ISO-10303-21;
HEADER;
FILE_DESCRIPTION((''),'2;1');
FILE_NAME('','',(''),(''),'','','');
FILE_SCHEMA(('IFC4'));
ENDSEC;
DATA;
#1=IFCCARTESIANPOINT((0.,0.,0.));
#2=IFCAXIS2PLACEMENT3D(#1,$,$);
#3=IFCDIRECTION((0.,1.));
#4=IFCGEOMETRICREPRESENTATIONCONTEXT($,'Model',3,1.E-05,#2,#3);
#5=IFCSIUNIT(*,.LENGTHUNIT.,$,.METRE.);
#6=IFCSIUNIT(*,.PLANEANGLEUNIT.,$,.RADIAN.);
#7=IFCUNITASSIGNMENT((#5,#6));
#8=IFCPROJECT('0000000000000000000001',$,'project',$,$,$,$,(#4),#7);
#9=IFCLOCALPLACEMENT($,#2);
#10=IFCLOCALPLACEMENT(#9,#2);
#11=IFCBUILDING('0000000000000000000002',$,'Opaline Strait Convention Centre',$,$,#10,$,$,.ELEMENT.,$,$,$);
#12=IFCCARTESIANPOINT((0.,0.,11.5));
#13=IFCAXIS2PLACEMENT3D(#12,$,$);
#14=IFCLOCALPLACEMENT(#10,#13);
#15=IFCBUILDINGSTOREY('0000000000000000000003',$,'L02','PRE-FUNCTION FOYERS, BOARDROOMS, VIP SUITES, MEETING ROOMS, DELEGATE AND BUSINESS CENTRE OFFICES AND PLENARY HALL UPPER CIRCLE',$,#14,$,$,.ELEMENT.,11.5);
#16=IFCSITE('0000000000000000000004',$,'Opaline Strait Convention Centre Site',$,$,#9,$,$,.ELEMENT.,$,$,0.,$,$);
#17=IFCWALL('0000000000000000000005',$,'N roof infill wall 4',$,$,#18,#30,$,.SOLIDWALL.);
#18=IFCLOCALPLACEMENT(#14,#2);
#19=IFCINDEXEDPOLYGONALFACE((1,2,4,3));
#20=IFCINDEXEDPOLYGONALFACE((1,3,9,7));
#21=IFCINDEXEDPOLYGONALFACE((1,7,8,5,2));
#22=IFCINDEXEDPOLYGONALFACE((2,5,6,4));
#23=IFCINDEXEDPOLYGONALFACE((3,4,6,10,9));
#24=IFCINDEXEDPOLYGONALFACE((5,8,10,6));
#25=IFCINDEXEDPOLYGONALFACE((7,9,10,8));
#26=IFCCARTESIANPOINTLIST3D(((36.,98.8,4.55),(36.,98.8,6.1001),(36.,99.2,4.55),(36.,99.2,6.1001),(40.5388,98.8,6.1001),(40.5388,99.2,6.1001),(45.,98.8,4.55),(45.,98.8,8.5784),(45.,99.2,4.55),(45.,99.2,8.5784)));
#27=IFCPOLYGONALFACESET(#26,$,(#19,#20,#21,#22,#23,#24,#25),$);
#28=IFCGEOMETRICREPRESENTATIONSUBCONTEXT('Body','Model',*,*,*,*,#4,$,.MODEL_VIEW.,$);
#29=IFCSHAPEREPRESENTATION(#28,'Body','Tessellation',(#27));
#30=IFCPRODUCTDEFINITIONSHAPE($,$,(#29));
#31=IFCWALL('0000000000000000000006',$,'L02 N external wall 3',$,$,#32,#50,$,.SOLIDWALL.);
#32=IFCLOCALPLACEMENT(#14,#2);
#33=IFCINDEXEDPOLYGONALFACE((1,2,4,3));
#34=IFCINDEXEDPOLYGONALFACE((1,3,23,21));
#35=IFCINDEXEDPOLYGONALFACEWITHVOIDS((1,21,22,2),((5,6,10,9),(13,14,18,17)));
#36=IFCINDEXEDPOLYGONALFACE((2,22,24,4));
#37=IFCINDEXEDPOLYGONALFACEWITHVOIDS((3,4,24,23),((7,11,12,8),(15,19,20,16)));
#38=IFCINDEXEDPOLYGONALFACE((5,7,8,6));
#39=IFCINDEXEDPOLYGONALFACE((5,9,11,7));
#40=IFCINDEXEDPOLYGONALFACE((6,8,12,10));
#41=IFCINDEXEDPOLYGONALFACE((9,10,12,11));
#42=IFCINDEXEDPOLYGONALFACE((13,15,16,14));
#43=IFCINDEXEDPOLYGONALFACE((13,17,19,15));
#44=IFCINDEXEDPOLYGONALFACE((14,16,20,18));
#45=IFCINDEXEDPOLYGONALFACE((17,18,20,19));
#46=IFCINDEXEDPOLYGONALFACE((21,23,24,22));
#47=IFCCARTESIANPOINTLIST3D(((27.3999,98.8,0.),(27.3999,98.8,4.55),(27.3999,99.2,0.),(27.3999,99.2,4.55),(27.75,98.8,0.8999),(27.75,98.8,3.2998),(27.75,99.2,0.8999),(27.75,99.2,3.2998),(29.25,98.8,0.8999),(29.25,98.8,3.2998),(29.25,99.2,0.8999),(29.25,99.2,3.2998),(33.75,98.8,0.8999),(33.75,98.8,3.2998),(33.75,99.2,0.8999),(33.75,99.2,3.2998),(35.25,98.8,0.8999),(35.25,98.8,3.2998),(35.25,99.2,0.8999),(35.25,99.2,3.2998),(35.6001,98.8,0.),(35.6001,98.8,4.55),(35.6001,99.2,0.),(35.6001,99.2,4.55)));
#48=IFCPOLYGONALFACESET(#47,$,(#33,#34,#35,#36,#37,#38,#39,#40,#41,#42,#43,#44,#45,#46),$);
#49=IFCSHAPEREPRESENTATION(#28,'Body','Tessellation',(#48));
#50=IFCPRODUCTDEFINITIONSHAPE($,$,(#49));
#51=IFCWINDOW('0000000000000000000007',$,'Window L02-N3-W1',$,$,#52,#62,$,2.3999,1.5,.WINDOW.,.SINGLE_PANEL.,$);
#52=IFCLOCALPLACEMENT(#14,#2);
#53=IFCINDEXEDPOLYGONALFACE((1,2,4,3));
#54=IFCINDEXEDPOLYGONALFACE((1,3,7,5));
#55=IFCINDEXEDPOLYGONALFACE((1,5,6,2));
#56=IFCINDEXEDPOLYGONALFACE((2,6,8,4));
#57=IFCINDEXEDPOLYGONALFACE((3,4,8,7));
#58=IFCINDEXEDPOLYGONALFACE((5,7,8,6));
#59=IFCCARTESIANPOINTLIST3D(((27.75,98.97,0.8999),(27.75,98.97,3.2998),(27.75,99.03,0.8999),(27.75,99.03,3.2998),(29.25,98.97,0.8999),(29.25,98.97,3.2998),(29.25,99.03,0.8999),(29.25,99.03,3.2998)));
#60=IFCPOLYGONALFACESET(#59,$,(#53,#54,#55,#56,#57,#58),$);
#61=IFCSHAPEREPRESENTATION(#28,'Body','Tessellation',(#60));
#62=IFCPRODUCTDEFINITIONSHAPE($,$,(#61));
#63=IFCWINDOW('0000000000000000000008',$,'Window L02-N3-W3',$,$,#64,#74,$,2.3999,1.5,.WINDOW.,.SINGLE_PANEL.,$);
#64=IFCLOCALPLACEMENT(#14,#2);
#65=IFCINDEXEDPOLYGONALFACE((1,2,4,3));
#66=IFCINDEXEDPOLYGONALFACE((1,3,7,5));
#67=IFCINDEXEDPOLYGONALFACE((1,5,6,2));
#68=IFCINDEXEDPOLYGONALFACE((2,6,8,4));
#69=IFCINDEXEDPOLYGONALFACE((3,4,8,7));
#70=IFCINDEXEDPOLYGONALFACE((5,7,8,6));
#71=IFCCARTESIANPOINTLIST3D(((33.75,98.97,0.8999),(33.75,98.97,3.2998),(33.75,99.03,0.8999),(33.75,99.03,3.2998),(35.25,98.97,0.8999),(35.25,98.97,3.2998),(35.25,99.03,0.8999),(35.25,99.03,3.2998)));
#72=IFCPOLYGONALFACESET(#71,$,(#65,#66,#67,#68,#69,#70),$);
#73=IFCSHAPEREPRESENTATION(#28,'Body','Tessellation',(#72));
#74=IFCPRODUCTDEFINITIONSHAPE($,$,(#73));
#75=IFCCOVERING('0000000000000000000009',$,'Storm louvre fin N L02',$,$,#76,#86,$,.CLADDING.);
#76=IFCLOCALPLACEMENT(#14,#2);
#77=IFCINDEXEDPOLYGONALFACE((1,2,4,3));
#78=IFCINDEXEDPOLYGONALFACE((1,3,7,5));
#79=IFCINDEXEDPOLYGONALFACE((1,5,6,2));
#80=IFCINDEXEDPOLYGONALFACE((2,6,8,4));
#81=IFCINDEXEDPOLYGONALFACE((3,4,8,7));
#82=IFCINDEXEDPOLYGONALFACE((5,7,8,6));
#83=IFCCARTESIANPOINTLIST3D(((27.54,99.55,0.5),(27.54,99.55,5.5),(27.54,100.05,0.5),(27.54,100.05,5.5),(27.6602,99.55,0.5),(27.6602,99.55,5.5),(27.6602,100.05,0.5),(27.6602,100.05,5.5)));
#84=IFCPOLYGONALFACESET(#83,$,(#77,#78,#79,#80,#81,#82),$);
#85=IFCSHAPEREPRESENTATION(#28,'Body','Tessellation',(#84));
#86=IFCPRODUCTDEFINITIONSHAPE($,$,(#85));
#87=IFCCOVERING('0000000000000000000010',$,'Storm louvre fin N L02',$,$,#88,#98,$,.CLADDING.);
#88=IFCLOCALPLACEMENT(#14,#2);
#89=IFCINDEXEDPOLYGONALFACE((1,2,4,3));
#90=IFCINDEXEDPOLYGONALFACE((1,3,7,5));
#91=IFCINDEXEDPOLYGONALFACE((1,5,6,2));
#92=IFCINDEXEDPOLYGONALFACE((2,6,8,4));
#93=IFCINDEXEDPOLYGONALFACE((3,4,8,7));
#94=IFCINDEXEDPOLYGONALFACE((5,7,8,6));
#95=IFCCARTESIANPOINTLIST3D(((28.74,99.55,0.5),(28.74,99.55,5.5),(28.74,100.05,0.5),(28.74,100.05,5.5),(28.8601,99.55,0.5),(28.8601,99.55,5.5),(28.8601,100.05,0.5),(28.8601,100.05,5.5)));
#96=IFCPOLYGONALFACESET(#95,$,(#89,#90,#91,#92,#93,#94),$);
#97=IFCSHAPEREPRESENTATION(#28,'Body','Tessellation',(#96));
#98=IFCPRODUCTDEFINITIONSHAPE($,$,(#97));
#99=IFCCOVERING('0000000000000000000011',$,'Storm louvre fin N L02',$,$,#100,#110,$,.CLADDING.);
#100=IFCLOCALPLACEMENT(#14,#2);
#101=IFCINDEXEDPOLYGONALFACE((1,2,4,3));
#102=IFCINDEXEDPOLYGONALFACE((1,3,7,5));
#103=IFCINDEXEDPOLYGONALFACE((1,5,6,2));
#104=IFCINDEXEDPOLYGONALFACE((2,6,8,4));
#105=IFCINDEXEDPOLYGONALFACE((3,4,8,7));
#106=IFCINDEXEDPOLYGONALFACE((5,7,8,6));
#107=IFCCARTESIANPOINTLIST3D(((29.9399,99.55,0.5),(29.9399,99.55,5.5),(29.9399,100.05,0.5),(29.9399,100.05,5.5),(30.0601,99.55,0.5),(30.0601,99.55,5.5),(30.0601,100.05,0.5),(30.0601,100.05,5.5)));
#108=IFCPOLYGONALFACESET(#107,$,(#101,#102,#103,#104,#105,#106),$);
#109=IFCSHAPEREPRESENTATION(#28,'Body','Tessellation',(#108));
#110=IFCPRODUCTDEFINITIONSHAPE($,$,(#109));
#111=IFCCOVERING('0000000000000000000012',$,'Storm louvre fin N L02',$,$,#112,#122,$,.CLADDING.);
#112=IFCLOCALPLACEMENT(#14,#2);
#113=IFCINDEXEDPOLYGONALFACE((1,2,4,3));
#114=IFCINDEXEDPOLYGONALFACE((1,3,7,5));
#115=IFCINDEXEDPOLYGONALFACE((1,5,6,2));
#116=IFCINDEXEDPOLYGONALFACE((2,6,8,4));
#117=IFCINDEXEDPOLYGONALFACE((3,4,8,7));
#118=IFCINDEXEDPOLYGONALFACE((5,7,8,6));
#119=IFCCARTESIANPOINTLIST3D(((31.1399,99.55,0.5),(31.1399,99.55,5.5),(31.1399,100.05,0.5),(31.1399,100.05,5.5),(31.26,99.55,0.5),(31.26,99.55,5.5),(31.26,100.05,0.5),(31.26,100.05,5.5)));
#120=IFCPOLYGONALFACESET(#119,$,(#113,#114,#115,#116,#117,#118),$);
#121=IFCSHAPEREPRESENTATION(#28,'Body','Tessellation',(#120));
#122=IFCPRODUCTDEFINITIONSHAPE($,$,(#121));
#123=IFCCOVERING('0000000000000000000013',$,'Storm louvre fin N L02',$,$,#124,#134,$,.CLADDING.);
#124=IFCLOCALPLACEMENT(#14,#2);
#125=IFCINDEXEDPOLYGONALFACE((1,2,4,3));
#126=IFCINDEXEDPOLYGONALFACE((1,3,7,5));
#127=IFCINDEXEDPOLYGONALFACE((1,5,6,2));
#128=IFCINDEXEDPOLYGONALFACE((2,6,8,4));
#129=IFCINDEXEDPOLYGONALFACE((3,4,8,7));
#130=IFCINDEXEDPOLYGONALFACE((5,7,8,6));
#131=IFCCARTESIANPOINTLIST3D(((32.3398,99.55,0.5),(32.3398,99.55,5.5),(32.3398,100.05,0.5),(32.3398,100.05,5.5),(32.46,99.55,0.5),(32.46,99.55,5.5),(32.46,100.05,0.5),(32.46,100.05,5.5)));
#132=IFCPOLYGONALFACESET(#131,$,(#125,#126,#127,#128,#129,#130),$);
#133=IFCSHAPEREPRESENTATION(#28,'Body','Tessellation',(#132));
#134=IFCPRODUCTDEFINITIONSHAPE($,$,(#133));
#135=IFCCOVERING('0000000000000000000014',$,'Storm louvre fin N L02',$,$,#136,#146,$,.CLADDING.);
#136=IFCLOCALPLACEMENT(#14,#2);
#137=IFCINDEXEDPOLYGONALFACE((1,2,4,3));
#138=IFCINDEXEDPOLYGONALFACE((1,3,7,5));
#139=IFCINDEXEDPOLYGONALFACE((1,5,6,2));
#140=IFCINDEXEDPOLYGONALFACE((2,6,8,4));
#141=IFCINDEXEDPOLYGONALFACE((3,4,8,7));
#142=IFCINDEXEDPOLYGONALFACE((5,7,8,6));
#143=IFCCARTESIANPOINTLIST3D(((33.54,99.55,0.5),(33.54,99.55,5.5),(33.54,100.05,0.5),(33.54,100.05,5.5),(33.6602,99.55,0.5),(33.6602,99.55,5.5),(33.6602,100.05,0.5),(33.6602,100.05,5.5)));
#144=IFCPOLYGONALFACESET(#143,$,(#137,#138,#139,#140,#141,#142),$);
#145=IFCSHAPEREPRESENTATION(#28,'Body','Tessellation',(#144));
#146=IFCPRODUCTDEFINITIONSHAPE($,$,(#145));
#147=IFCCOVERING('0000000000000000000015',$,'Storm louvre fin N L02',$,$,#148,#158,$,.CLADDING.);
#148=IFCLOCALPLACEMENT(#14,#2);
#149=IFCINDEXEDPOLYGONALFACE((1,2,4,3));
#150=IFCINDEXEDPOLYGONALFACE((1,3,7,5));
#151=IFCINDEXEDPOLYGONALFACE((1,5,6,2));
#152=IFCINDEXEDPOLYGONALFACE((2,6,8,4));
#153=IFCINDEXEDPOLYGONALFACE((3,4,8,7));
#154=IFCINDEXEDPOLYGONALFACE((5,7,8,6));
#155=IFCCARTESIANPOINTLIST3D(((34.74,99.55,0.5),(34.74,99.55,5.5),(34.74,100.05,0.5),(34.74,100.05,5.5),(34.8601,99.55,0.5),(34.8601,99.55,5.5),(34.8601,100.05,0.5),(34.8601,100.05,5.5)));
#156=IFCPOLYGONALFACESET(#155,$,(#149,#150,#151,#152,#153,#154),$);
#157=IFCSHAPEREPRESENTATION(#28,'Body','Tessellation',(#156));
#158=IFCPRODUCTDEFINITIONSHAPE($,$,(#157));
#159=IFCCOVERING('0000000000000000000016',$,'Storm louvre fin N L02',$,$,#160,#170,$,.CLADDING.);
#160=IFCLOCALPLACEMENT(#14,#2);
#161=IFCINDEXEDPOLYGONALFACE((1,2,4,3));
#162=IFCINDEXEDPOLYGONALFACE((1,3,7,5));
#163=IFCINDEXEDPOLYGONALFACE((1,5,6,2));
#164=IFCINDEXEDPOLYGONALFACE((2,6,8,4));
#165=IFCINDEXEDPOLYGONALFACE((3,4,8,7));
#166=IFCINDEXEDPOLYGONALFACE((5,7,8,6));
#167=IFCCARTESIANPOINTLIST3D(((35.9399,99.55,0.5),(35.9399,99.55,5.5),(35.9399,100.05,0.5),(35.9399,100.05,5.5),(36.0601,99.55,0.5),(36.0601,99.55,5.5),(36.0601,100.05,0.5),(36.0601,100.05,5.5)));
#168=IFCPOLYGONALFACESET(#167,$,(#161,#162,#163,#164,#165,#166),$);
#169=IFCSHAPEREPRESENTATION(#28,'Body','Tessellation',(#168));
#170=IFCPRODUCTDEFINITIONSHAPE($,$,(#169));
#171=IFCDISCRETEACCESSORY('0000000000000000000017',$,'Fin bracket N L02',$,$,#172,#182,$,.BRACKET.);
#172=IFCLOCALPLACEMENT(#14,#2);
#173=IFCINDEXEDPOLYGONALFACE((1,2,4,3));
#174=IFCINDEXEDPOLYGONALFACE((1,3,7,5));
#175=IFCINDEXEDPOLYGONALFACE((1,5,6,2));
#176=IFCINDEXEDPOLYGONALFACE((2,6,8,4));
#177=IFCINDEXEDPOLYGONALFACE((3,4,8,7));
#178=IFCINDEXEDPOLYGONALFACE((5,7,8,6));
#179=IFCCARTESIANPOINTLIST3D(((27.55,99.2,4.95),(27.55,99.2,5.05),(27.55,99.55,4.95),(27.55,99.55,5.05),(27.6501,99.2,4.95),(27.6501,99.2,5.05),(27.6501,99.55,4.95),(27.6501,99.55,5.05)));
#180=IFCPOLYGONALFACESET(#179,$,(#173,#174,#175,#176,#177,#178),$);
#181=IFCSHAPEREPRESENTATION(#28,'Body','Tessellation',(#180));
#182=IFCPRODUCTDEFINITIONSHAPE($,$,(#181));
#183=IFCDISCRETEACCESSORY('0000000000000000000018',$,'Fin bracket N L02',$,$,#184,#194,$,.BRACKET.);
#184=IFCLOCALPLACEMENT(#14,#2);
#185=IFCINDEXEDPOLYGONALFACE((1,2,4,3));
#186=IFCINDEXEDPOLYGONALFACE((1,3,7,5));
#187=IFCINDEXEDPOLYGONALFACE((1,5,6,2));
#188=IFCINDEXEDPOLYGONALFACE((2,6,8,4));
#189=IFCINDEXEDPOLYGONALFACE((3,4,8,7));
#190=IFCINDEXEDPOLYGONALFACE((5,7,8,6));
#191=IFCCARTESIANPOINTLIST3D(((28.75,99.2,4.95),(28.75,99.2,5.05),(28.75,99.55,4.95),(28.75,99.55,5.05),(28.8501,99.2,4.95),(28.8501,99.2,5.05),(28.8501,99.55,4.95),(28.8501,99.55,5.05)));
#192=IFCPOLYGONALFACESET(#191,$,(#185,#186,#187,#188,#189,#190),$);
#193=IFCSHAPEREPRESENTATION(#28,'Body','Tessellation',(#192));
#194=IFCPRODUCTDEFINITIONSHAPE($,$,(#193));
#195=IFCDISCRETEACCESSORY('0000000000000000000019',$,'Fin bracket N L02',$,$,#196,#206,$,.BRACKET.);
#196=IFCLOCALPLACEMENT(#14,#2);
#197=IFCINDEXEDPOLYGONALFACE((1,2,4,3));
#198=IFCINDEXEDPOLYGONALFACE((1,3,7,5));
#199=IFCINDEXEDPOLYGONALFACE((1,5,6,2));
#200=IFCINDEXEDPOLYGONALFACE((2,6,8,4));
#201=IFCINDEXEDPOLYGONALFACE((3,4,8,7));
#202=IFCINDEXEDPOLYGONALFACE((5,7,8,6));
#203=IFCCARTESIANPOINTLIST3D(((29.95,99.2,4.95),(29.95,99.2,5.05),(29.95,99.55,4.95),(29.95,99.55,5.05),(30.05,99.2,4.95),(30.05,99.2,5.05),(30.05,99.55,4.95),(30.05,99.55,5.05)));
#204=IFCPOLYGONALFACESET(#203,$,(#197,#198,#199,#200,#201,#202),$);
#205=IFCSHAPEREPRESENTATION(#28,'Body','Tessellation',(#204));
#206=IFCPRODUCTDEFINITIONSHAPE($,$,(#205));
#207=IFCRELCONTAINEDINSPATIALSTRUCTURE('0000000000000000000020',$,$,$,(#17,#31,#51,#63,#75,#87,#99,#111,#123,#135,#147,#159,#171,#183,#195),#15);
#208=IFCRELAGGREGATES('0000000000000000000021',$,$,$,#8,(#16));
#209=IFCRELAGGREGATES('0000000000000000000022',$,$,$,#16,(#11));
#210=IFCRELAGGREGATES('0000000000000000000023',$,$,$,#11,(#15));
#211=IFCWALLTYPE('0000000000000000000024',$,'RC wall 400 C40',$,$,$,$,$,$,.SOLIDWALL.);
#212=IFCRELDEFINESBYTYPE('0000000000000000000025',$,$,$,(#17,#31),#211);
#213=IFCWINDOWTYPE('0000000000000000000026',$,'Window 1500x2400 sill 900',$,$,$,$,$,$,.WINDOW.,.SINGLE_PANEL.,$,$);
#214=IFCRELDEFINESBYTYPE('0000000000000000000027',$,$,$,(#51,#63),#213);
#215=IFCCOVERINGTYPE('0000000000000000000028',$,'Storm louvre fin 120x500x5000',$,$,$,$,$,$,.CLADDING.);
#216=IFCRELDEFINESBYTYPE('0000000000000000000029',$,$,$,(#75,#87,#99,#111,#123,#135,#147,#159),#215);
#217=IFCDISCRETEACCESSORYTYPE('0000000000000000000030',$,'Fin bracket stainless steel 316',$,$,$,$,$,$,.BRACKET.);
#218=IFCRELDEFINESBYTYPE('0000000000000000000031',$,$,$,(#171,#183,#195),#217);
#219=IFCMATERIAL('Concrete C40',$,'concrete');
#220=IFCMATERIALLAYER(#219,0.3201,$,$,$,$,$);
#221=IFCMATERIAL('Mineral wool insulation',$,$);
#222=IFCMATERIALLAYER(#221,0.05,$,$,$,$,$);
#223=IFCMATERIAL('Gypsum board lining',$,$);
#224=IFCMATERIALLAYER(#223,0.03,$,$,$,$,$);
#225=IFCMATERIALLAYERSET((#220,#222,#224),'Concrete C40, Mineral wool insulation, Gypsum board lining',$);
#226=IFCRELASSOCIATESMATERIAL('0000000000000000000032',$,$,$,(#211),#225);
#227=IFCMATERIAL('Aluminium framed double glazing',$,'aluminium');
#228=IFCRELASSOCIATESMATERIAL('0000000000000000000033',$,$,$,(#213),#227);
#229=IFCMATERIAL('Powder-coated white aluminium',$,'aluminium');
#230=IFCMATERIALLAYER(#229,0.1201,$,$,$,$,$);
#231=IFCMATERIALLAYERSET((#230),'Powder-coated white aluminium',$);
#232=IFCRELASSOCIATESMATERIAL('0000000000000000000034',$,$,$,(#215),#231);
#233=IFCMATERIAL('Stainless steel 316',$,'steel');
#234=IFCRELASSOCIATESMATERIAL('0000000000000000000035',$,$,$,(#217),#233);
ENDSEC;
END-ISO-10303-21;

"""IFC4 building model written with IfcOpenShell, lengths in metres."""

from ifc_helpers import new_model, si_unit, direction, frame, frame_2d, origin, origin_2d, place, context, subcontext, project, spatial, polyline, rectangle, outline, extrude, material, layer, layer_set, type_object, element, fill, save


model = new_model("IFC4")

# Units and contexts
model_context = context("Model", 3, precision=1e-05, world=origin(), true_north=direction((0.0, 1.0)))
body_context = subcontext(model_context, "Body", "Model", "MODEL_VIEW")
ifc_project = project(units=[si_unit("LENGTHUNIT", "METRE"), si_unit("PLANEANGLEUNIT", "RADIAN")], contexts=[model_context])

# Site, building, storey
site_placement = place(None, origin())
site = spatial("IfcSite", under=ifc_project, at=site_placement, Name="Opaline Strait Convention Centre Site", CompositionType="ELEMENT", RefElevation=0.0)
building_placement = place(site_placement, origin())
building = spatial("IfcBuilding", under=site, at=building_placement, Name="Opaline Strait Convention Centre", CompositionType="ELEMENT")
storey_placement = place(building_placement, frame((0.0, 0.0, 11.5)))
storey = spatial("IfcBuildingStorey", under=building, at=storey_placement, Name="L02", Description="PRE-FUNCTION FOYERS, BOARDROOMS, VIP SUITES, MEETING ROOMS, DELEGATE AND BUSINESS CENTRE OFFICES AND PLENARY HALL UPPER CIRCLE", CompositionType="ELEMENT", Elevation=11.5)

# Shared definitions
ifc_material_1 = material(Name="Concrete C40", Category="concrete")

# Wall
ifc_material_2 = material(Name="Mineral wool insulation")
ifc_material_3 = material(Name="Gypsum board lining")
ifc_layer_1 = layer(ifc_material_1, 0.3201)
ifc_layer_2 = layer(ifc_material_2, 0.05)
ifc_layer_3 = layer(ifc_material_3, 0.03)
ifc_layer_set_1 = layer_set([ifc_layer_1, ifc_layer_2, ifc_layer_3], Name="Concrete C40, Mineral wool insulation, Gypsum board lining")
wall_type_1 = type_object("IfcWallType", Name="RC wall 400 C40", PredefinedType="SOLIDWALL", material=ifc_layer_set_1)
wall_1_placement = place(storey_placement, frame((36.0, 99.0, 4.55), z_axis=(0.0, 0.0, 1.0), x_axis=(1.0, 0.0, 0.0)))
element("IfcWall", 1, at=wall_1_placement, inside=storey, type_object=wall_type_1, Name="N roof infill wall 4", PredefinedType="SOLIDWALL", context=body_context, shape_type="SweptSolid", body=[
    extrude(outline(polyline([(0.0, 0.0), (9.0, 0.0), (9.0, 4.0283), (4.5388, 1.55), (0.0, 1.55), (0.0, 0.0)])), frame((0.0, 0.2, 0.0), z_axis=(0.0, -1.0, 0.0), x_axis=(1.0, 0.0, 0.0)), (0.0, 0.0, 1.0), 0.3999),
])

# Wall, openings, windows
wall_2_placement = place(storey_placement, frame((27.3999, 99.0, 0.0), z_axis=(0.0, 0.0, 1.0), x_axis=(1.0, 0.0, 0.0)))
wall_2 = element("IfcWall", 2, at=wall_2_placement, inside=storey, type_object=wall_type_1, Name="L02 N external wall 3", PredefinedType="SOLIDWALL", context=body_context, shape_type="SweptSolid", body=[
    extrude(rectangle(XDim=8.2002, YDim=0.3999, at=frame_2d((4.1001, 0.0))), origin(), (0.0, 0.0, 1.0), 4.55),
])
opening_1_placement = place(wall_2_placement, frame((0.3501, 0.0, 0.8999)))
opening_1 = element("IfcOpeningElement", 3, at=opening_1_placement, cuts=wall_2, PredefinedType="OPENING", context=body_context, shape_type="SweptSolid", body=[
    extrude(rectangle(XDim=1.5, YDim=2.3999, at=frame_2d((0.75, 1.2))), frame((0.0, 0.21, 0.0), z_axis=(0.0, -1.0, 0.0), x_axis=(1.0, 0.0, 0.0)), (0.0, 0.0, 1.0), 0.4199),
])
opening_2_placement = place(wall_2_placement, frame((6.3501, 0.0, 0.8999)))
opening_2 = element("IfcOpeningElement", 4, at=opening_2_placement, cuts=wall_2, PredefinedType="OPENING", context=body_context, shape_type="SweptSolid", body=[
    extrude(rectangle(XDim=1.5, YDim=2.3999, at=frame_2d((0.75, 1.2))), frame((0.0, 0.21, 0.0), z_axis=(0.0, -1.0, 0.0), x_axis=(1.0, 0.0, 0.0)), (0.0, 0.0, 1.0), 0.4199),
])
ifc_material_4 = material(Name="Aluminium framed double glazing", Category="aluminium")
window_type = type_object("IfcWindowType", Name="Window 1500x2400 sill 900", PartitioningType="SINGLE_PANEL", PredefinedType="WINDOW", material=ifc_material_4)
window_1_placement = place(opening_1_placement, origin())
window_1 = element("IfcWindow", 5, at=window_1_placement, inside=storey, type_object=window_type, Name="Window L02-N3-W1", OverallHeight=2.3999, OverallWidth=1.5, PartitioningType="SINGLE_PANEL", PredefinedType="WINDOW", context=body_context, shape_type="SweptSolid", body=[
    extrude(rectangle(XDim=1.5, YDim=2.3999, at=frame_2d((0.75, 1.2))), frame((0.0, 0.03, 0.0), z_axis=(0.0, -1.0, 0.0), x_axis=(1.0, 0.0, 0.0)), (0.0, 0.0, 1.0), 0.0601),
])
fill(opening_1, window_1)
window_2_placement = place(opening_2_placement, origin())
window_2 = element("IfcWindow", 6, at=window_2_placement, inside=storey, type_object=window_type, Name="Window L02-N3-W3", OverallHeight=2.3999, OverallWidth=1.5, PartitioningType="SINGLE_PANEL", PredefinedType="WINDOW", context=body_context, shape_type="SweptSolid", body=[
    extrude(rectangle(XDim=1.5, YDim=2.3999, at=frame_2d((0.75, 1.2))), frame((0.0, 0.03, 0.0), z_axis=(0.0, -1.0, 0.0), x_axis=(1.0, 0.0, 0.0)), (0.0, 0.0, 1.0), 0.0601),
])
fill(opening_2, window_2)

# Coverings
ifc_material_5 = material(Name="Powder-coated white aluminium", Category="aluminium")
ifc_layer_4 = layer(ifc_material_5, 0.1201)
ifc_layer_set_2 = layer_set([ifc_layer_4], Name="Powder-coated white aluminium")
covering_type = type_object("IfcCoveringType", Name="Storm louvre fin 120x500x5000", PredefinedType="CLADDING", material=ifc_layer_set_2)
for number, where, z_axis, x_axis, name in (
    (7, (27.6001, 99.8, 0.5), (0.0, 0.0, 1.0), (1.0, 0.0, 0.0), "Storm louvre fin N L02"),
    (8, (28.8, 99.8, 0.5), (0.0, 0.0, 1.0), (1.0, 0.0, 0.0), "Storm louvre fin N L02"),
    (9, (30.0, 99.8, 0.5), (0.0, 0.0, 1.0), (1.0, 0.0, 0.0), "Storm louvre fin N L02"),
    (10, (31.2, 99.8, 0.5), (0.0, 0.0, 1.0), (1.0, 0.0, 0.0), "Storm louvre fin N L02"),
    (11, (32.3999, 99.8, 0.5), (0.0, 0.0, 1.0), (1.0, 0.0, 0.0), "Storm louvre fin N L02"),
    (12, (33.6001, 99.8, 0.5), (0.0, 0.0, 1.0), (1.0, 0.0, 0.0), "Storm louvre fin N L02"),
    (13, (34.8, 99.8, 0.5), (0.0, 0.0, 1.0), (1.0, 0.0, 0.0), "Storm louvre fin N L02"),
    (14, (36.0, 99.8, 0.5), (0.0, 0.0, 1.0), (1.0, 0.0, 0.0), "Storm louvre fin N L02"),
):
    element("IfcCovering", number, at=place(storey_placement, frame(where, z_axis=z_axis, x_axis=x_axis)), inside=storey, type_object=covering_type, Name=name, PredefinedType="CLADDING", context=body_context, shape_type="SweptSolid", body=[
        extrude(rectangle(XDim=0.1201, YDim=0.5, at=origin_2d()), origin(), (0.0, 0.0, 1.0), 5.0),
    ])

# Discrete accessories
ifc_material_6 = material(Name="Stainless steel 316", Category="steel")
discrete_accessory_type_1 = type_object("IfcDiscreteAccessoryType", Name="Fin bracket stainless steel 316", PredefinedType="BRACKET", material=ifc_material_6)
for number, where, z_axis, x_axis, name in (
    (15, (27.6001, 99.375, 4.95), (0.0, 0.0, 1.0), (1.0, 0.0, 0.0), "Fin bracket N L02"),
    (16, (28.8, 99.375, 4.95), (0.0, 0.0, 1.0), (1.0, 0.0, 0.0), "Fin bracket N L02"),
    (17, (30.0, 99.375, 4.95), (0.0, 0.0, 1.0), (1.0, 0.0, 0.0), "Fin bracket N L02"),
):
    element("IfcDiscreteAccessory", number, at=place(storey_placement, frame(where, z_axis=z_axis, x_axis=x_axis)), inside=storey, type_object=discrete_accessory_type_1, Name=name, PredefinedType="BRACKET", context=body_context, shape_type="SweptSolid", body=[
        extrude(rectangle(XDim=0.1001, YDim=0.3501, at=origin_2d()), origin(), (0.0, 0.0, 1.0), 0.1001),
    ])

save(model, "model.ifc")
